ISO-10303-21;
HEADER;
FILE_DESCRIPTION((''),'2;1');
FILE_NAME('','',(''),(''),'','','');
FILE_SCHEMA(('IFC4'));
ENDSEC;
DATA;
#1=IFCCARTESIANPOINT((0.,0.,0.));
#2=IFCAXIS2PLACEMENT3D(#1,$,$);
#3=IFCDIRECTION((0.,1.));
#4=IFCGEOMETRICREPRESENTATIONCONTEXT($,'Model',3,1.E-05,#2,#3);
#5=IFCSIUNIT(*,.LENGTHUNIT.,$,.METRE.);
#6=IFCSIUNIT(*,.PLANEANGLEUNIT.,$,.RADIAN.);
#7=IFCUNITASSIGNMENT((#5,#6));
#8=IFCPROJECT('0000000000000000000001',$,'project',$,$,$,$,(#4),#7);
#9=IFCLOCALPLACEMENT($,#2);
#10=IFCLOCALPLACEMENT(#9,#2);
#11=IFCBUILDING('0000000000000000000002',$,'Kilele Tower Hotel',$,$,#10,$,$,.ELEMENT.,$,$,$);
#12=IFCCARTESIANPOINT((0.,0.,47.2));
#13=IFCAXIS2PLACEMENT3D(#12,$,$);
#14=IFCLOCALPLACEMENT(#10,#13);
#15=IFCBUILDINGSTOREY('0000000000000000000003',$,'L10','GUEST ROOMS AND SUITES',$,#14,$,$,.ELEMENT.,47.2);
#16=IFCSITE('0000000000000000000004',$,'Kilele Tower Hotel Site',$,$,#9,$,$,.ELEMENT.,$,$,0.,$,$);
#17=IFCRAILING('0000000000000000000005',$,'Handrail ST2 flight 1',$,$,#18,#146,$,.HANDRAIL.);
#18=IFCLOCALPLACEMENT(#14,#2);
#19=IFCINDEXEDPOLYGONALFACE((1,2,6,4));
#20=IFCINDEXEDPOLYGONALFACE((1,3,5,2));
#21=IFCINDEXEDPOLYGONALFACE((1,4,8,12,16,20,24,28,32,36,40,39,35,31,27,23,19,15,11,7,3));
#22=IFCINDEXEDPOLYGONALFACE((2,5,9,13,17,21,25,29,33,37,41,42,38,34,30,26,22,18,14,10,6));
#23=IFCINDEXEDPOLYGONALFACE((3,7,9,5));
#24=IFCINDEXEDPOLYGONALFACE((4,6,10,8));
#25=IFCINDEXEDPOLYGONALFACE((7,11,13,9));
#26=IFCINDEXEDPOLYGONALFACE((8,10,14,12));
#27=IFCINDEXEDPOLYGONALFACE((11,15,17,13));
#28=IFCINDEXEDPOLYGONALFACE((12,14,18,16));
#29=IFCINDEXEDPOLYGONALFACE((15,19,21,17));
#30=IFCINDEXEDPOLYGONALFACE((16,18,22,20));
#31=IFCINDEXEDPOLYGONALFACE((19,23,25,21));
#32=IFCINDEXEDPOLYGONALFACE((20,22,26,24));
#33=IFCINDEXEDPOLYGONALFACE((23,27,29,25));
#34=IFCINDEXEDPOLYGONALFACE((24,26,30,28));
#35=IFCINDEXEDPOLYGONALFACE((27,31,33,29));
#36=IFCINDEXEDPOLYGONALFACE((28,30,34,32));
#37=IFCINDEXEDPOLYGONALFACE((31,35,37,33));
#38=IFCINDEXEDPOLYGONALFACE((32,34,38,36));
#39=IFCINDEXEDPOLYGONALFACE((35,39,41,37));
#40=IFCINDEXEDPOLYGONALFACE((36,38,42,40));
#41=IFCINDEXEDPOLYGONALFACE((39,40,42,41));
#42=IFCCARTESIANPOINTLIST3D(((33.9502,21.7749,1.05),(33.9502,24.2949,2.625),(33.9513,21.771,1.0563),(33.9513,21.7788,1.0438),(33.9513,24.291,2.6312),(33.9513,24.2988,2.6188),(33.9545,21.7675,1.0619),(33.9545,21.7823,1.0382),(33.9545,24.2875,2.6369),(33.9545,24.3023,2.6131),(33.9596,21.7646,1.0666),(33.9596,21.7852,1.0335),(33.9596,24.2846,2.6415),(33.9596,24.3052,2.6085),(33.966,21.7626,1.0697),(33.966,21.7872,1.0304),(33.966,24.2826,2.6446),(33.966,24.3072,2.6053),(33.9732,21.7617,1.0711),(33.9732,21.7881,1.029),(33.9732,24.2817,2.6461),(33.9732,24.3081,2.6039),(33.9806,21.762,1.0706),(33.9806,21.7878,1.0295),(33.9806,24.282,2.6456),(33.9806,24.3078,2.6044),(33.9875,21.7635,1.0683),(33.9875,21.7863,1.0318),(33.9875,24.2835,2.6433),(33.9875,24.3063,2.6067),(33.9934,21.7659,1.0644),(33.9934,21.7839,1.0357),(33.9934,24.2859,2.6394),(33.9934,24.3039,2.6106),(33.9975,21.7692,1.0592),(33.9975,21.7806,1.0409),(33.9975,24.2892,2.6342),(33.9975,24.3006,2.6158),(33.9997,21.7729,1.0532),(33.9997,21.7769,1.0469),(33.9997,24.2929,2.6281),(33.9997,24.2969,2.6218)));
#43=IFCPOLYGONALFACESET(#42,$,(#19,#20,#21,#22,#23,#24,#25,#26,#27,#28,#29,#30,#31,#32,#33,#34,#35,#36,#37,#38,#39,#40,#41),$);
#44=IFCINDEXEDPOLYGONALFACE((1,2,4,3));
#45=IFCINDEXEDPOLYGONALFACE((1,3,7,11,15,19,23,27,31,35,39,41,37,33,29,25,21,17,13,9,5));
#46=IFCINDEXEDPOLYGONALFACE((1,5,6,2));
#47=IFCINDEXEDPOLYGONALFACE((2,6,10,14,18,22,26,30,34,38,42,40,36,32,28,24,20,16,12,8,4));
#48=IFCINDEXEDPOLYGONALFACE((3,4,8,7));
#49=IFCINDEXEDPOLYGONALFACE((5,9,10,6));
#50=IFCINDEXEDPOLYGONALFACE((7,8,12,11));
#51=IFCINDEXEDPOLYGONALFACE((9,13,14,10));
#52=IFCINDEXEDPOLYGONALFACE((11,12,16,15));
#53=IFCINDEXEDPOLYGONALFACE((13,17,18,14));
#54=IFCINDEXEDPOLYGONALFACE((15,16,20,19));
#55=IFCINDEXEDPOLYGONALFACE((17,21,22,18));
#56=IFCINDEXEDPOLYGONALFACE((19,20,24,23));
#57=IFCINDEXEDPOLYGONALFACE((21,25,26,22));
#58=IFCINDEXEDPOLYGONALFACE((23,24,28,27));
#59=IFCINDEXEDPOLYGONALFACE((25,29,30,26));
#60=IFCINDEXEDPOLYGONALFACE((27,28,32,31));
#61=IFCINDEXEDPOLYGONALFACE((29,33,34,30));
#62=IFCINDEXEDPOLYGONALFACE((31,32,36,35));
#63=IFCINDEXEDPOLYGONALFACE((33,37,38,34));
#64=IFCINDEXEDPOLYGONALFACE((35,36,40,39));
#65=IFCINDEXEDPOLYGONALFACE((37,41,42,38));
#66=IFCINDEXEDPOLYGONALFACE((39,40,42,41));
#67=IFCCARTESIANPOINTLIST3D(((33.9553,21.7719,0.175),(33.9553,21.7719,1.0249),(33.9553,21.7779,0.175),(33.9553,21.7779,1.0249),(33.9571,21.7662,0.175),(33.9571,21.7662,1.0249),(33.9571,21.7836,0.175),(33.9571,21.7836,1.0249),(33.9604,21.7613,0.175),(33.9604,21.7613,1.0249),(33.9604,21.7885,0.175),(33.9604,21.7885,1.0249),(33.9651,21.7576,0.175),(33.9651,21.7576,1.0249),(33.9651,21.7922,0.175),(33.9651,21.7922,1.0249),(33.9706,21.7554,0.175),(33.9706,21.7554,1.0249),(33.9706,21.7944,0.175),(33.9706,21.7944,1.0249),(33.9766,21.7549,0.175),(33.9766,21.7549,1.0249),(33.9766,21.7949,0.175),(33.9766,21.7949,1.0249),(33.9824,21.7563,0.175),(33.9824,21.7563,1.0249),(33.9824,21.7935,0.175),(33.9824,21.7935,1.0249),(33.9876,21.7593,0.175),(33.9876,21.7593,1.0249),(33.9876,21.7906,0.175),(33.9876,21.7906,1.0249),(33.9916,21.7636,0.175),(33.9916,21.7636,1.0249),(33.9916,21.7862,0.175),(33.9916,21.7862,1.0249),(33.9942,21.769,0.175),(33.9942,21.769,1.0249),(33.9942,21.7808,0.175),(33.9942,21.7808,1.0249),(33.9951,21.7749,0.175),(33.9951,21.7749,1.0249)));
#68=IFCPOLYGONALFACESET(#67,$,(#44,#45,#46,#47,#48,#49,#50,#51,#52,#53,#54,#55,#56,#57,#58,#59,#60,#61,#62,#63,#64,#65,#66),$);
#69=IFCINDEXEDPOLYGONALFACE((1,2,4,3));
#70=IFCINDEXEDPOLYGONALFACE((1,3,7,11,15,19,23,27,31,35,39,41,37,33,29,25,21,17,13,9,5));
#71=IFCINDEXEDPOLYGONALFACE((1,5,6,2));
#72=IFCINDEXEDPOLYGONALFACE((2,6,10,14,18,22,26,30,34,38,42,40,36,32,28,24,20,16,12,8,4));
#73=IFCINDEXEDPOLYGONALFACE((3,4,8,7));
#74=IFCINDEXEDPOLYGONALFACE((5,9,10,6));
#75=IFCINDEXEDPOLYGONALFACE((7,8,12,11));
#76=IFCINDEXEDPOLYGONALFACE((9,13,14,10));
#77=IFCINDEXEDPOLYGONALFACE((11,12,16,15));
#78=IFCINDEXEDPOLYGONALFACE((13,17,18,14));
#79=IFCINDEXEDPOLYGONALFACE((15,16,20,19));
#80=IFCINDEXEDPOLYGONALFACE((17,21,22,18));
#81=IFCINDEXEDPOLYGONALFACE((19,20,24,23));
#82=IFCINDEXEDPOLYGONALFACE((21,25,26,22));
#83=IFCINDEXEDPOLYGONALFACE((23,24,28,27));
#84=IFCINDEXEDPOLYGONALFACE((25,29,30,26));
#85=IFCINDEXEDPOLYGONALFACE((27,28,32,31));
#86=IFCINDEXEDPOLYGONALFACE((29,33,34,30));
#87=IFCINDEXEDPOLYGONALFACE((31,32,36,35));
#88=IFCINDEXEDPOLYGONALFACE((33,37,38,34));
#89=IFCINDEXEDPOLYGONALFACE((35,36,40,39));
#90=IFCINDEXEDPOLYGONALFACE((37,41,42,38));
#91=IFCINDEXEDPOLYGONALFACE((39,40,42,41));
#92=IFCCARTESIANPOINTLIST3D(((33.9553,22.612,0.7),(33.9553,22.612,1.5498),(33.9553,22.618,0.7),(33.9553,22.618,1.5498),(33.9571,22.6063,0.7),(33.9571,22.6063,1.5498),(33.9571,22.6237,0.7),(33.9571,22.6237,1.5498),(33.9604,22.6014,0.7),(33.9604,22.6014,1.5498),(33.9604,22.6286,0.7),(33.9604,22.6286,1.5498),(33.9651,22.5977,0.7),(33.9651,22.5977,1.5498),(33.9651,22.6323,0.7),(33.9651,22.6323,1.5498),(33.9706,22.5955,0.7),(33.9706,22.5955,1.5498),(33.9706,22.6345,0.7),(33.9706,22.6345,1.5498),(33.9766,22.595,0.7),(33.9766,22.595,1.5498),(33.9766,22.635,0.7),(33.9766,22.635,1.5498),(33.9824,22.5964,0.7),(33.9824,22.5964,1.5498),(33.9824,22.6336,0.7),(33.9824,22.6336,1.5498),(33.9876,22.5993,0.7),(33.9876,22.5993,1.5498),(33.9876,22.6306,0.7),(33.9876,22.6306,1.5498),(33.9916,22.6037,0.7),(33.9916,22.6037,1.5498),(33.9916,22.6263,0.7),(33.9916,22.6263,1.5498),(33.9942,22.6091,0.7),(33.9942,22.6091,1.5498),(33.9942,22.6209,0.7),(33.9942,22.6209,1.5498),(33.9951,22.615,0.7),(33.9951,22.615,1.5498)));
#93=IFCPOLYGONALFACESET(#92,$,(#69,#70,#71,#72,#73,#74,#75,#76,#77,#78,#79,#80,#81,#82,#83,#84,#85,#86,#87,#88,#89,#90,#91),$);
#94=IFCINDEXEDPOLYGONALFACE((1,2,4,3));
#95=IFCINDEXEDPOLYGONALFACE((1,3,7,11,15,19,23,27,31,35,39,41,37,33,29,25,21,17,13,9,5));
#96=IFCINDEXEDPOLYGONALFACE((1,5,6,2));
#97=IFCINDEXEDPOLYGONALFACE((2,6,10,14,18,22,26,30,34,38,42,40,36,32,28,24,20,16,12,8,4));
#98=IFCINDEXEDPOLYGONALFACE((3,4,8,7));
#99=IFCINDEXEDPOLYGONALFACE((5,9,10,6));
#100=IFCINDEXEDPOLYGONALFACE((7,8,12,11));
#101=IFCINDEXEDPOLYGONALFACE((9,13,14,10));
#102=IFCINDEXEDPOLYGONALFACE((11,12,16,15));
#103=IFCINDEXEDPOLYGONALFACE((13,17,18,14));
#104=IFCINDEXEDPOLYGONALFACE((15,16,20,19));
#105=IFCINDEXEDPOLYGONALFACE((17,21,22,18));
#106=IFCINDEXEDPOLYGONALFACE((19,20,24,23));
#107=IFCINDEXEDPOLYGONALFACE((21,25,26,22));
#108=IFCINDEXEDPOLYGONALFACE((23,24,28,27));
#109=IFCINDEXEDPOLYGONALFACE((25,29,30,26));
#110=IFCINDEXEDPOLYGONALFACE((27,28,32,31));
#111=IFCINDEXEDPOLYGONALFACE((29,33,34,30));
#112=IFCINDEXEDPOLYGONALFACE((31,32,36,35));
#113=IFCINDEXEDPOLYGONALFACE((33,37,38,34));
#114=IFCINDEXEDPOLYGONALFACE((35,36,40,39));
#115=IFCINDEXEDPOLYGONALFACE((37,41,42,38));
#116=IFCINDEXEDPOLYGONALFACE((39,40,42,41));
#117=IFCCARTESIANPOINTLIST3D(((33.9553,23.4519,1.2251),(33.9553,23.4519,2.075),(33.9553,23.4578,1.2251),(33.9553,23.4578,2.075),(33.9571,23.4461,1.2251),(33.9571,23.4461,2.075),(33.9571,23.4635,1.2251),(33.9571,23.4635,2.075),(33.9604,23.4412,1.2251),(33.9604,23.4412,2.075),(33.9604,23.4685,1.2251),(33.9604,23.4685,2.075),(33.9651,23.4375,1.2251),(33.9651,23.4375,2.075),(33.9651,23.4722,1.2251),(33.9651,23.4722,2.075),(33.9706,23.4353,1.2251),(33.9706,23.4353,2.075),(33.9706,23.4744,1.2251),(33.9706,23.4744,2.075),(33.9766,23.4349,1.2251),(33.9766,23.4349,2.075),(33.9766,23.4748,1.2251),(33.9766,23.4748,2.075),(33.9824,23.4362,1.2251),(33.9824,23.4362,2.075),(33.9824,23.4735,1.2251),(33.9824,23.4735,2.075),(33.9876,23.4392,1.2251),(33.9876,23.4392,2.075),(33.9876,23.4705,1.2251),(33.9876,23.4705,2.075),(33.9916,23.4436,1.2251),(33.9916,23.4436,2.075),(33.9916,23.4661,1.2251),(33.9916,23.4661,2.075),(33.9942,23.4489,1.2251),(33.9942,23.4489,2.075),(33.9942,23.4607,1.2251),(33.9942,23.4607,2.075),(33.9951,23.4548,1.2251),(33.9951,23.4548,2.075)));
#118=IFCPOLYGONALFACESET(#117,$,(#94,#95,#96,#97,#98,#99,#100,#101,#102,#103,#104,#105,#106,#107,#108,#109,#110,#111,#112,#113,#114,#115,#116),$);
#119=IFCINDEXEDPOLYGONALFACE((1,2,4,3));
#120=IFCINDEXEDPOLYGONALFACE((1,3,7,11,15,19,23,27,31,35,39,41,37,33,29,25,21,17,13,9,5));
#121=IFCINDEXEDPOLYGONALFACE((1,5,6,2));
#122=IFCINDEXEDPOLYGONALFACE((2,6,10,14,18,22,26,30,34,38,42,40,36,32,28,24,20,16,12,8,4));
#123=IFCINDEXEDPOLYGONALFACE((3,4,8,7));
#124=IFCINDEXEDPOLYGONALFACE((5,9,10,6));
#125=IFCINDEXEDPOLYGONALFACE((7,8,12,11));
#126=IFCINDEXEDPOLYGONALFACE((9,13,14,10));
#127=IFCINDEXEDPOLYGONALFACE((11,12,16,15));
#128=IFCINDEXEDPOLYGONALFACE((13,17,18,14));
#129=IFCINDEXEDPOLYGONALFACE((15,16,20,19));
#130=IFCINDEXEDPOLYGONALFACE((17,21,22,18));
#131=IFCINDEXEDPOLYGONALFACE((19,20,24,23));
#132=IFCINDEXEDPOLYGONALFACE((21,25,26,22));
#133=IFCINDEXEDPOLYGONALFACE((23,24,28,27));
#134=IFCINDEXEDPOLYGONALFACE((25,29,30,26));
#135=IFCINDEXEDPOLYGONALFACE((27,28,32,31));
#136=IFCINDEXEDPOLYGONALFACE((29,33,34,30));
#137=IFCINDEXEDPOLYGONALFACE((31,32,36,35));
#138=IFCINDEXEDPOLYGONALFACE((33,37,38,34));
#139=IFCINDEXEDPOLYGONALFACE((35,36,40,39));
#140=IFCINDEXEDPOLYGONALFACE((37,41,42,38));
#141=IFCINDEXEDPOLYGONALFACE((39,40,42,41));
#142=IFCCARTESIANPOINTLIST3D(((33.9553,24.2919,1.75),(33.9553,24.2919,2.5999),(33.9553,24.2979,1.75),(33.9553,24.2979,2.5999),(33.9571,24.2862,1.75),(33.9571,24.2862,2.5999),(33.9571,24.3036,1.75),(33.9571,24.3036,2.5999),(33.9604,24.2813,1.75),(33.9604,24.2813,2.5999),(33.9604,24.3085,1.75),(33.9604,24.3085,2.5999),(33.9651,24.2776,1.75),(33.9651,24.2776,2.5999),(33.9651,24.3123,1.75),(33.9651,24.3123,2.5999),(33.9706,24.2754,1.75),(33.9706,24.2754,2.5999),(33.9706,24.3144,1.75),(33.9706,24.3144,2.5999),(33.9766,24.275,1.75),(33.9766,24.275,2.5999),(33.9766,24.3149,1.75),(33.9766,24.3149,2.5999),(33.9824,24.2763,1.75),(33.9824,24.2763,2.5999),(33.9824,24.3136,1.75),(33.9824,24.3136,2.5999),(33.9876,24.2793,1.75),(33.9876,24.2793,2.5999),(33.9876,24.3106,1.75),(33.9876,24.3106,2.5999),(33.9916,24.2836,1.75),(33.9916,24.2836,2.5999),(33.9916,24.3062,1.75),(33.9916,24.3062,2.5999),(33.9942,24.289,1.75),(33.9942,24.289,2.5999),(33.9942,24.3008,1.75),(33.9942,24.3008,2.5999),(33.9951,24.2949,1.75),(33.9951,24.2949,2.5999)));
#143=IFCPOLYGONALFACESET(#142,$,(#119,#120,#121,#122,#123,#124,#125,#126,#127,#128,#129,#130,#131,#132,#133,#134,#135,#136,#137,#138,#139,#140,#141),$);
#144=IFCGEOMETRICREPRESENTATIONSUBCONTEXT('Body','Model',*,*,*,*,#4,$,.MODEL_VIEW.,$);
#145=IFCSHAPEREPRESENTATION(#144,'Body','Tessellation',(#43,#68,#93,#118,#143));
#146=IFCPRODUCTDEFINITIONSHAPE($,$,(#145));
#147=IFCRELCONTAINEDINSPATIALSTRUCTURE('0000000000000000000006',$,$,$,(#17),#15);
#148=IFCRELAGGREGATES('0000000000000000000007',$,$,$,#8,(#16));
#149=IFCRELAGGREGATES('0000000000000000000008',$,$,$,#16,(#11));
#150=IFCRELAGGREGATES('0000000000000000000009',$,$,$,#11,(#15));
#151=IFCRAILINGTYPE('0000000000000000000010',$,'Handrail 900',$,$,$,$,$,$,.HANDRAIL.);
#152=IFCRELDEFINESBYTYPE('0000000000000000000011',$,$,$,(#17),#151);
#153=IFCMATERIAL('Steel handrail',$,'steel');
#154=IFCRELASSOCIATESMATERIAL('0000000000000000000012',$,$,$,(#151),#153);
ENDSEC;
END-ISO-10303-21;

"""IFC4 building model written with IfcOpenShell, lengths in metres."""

from ifc_helpers import new_model, si_unit, direction, frame, origin, origin_2d, place, context, subcontext, project, spatial, circle, extrude, material, type_object, element, save


model = new_model("IFC4")

# Units and contexts
model_context = context("Model", 3, precision=1e-05, world=origin(), true_north=direction((0.0, 1.0)))
body_context = subcontext(model_context, "Body", "Model", "MODEL_VIEW")
ifc_project = project(units=[si_unit("LENGTHUNIT", "METRE"), si_unit("PLANEANGLEUNIT", "RADIAN")], contexts=[model_context])

# Site, building, storey
site_placement = place(None, origin())
site = spatial("IfcSite", under=ifc_project, at=site_placement, Name="Kilele Tower Hotel Site", CompositionType="ELEMENT", RefElevation=0.0)
building_placement = place(site_placement, origin())
building = spatial("IfcBuilding", under=site, at=building_placement, Name="Kilele Tower Hotel", CompositionType="ELEMENT")
storey_placement = place(building_placement, frame((0.0, 0.0, 47.2)))
storey = spatial("IfcBuildingStorey", under=building, at=storey_placement, Name="L10", Description="GUEST ROOMS AND SUITES", CompositionType="ELEMENT", Elevation=47.2)

# Railing
ifc_material_1 = material(Name="Steel handrail", Category="steel")
railing_type_1 = type_object("IfcRailingType", Name="Handrail 900", PredefinedType="HANDRAIL", material=ifc_material_1)
for number, where, name in (
    (1, (33.9751, 21.7749, 0.175), "Handrail ST2 flight 1"),
):
    element("IfcRailing", number, at=place(storey_placement, frame(where)), inside=storey, type_object=railing_type_1, Name=name, PredefinedType="HANDRAIL", context=body_context, shape_type="SweptSolid", body=[
        extrude(circle(Radius=0.0249, at=origin_2d()), frame((0.0, 0.0, 0.875), z_axis=(0.0, 0.848008, 0.529984), x_axis=(-1.0, 0.0, 0.0)), (0.0, 0.0, 1.0), 2.9717),
        extrude(circle(Radius=0.02, at=origin_2d()), origin(), (0.0, 0.0, 1.0), 0.8499),
        extrude(circle(Radius=0.02, at=origin_2d()), frame((0.0, 0.8401, 0.5249)), (0.0, 0.0, 1.0), 0.8499),
        extrude(circle(Radius=0.02, at=origin_2d()), frame((0.0, 1.6799, 1.05)), (0.0, 0.0, 1.0), 0.8499),
        extrude(circle(Radius=0.02, at=origin_2d()), frame((0.0, 2.52, 1.575)), (0.0, 0.0, 1.0), 0.8499),
    ])

save(model, "model.ifc")
